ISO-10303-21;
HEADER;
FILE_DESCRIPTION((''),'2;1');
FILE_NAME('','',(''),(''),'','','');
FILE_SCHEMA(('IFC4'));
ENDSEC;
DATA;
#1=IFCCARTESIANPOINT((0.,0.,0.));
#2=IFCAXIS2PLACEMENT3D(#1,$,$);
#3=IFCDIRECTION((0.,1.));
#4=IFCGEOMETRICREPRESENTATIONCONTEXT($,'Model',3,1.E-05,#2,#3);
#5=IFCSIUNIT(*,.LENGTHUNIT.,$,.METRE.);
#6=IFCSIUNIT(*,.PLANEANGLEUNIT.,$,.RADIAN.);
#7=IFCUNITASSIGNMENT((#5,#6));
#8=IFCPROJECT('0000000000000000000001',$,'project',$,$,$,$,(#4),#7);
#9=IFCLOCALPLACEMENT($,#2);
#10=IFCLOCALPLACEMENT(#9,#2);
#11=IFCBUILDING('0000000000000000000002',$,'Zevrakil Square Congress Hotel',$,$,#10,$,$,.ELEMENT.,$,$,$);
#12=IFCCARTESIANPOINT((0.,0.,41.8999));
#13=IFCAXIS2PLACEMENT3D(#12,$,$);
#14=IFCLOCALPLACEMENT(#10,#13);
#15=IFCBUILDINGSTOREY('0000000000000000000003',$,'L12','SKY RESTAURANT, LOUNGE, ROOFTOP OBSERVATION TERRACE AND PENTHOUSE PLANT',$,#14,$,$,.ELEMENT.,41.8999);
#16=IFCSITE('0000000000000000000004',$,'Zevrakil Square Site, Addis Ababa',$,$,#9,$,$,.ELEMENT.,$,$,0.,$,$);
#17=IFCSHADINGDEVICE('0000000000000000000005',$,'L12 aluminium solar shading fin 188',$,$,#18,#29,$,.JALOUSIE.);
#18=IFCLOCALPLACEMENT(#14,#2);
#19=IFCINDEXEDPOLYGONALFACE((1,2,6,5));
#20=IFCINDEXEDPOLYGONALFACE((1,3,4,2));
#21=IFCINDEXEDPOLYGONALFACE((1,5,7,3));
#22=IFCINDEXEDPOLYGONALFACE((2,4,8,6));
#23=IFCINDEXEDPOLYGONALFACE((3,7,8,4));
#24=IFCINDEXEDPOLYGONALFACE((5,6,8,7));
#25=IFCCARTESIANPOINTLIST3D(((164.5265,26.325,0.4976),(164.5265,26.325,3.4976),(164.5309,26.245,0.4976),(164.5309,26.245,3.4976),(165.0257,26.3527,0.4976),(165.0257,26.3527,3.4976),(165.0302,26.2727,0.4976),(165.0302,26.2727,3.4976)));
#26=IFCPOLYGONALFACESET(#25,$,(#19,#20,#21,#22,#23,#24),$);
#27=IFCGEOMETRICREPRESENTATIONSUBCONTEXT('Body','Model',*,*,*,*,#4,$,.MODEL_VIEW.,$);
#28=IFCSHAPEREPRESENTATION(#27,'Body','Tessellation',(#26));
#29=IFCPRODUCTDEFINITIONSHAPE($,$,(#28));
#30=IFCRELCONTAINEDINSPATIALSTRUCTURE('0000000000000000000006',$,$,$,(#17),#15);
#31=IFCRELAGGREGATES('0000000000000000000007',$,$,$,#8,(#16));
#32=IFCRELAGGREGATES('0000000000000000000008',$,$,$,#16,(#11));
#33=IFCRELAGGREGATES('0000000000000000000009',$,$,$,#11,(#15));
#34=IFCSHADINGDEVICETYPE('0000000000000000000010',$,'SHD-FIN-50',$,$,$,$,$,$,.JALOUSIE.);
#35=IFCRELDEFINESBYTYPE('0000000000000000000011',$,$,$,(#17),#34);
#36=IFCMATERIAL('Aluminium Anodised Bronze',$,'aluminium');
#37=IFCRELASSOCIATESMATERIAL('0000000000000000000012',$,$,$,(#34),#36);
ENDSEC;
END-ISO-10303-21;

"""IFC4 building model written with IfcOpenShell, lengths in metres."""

from ifc_helpers import new_model, si_unit, direction, frame, origin, origin_2d, place, context, subcontext, project, spatial, rectangle, extrude, material, type_object, element, save


model = new_model("IFC4")

# Units and contexts
model_context = context("Model", 3, precision=1e-05, world=origin(), true_north=direction((0.0, 1.0)))
body_context = subcontext(model_context, "Body", "Model", "MODEL_VIEW")
ifc_project = project(units=[si_unit("LENGTHUNIT", "METRE"), si_unit("PLANEANGLEUNIT", "RADIAN")], contexts=[model_context])

# Site, building, storey
site_placement = place(None, origin())
site = spatial("IfcSite", under=ifc_project, at=site_placement, Name="Zevrakil Square Site, Addis Ababa", CompositionType="ELEMENT", RefElevation=0.0)
building_placement = place(site_placement, origin())
building = spatial("IfcBuilding", under=site, at=building_placement, Name="Zevrakil Square Congress Hotel", CompositionType="ELEMENT")
storey_placement = place(building_placement, frame((0.0, 0.0, 41.8999)))
storey = spatial("IfcBuildingStorey", under=building, at=storey_placement, Name="L12", Description="SKY RESTAURANT, LOUNGE, ROOFTOP OBSERVATION TERRACE AND PENTHOUSE PLANT", CompositionType="ELEMENT", Elevation=41.8999)

# Shading device
ifc_material_1 = material(Name="Aluminium Anodised Bronze", Category="aluminium")
shading_device_type = type_object("IfcShadingDeviceType", Name="SHD-FIN-50", PredefinedType="JALOUSIE", material=ifc_material_1)
shading_device_placement = place(storey_placement, frame((164.7783, 26.2988, 0.4976), z_axis=(0.0, 0.0, 1.0), x_axis=(0.998463, 0.055421, 0.0)))
element("IfcShadingDevice", 1, at=shading_device_placement, inside=storey, type_object=shading_device_type, Name="L12 aluminium solar shading fin 188", PredefinedType="JALOUSIE", context=body_context, shape_type="SweptSolid", body=[
    extrude(rectangle(XDim=0.5, YDim=0.0801, at=origin_2d()), origin(), (0.0, 0.0, 1.0), 3.0),
])

save(model, "model.ifc")
